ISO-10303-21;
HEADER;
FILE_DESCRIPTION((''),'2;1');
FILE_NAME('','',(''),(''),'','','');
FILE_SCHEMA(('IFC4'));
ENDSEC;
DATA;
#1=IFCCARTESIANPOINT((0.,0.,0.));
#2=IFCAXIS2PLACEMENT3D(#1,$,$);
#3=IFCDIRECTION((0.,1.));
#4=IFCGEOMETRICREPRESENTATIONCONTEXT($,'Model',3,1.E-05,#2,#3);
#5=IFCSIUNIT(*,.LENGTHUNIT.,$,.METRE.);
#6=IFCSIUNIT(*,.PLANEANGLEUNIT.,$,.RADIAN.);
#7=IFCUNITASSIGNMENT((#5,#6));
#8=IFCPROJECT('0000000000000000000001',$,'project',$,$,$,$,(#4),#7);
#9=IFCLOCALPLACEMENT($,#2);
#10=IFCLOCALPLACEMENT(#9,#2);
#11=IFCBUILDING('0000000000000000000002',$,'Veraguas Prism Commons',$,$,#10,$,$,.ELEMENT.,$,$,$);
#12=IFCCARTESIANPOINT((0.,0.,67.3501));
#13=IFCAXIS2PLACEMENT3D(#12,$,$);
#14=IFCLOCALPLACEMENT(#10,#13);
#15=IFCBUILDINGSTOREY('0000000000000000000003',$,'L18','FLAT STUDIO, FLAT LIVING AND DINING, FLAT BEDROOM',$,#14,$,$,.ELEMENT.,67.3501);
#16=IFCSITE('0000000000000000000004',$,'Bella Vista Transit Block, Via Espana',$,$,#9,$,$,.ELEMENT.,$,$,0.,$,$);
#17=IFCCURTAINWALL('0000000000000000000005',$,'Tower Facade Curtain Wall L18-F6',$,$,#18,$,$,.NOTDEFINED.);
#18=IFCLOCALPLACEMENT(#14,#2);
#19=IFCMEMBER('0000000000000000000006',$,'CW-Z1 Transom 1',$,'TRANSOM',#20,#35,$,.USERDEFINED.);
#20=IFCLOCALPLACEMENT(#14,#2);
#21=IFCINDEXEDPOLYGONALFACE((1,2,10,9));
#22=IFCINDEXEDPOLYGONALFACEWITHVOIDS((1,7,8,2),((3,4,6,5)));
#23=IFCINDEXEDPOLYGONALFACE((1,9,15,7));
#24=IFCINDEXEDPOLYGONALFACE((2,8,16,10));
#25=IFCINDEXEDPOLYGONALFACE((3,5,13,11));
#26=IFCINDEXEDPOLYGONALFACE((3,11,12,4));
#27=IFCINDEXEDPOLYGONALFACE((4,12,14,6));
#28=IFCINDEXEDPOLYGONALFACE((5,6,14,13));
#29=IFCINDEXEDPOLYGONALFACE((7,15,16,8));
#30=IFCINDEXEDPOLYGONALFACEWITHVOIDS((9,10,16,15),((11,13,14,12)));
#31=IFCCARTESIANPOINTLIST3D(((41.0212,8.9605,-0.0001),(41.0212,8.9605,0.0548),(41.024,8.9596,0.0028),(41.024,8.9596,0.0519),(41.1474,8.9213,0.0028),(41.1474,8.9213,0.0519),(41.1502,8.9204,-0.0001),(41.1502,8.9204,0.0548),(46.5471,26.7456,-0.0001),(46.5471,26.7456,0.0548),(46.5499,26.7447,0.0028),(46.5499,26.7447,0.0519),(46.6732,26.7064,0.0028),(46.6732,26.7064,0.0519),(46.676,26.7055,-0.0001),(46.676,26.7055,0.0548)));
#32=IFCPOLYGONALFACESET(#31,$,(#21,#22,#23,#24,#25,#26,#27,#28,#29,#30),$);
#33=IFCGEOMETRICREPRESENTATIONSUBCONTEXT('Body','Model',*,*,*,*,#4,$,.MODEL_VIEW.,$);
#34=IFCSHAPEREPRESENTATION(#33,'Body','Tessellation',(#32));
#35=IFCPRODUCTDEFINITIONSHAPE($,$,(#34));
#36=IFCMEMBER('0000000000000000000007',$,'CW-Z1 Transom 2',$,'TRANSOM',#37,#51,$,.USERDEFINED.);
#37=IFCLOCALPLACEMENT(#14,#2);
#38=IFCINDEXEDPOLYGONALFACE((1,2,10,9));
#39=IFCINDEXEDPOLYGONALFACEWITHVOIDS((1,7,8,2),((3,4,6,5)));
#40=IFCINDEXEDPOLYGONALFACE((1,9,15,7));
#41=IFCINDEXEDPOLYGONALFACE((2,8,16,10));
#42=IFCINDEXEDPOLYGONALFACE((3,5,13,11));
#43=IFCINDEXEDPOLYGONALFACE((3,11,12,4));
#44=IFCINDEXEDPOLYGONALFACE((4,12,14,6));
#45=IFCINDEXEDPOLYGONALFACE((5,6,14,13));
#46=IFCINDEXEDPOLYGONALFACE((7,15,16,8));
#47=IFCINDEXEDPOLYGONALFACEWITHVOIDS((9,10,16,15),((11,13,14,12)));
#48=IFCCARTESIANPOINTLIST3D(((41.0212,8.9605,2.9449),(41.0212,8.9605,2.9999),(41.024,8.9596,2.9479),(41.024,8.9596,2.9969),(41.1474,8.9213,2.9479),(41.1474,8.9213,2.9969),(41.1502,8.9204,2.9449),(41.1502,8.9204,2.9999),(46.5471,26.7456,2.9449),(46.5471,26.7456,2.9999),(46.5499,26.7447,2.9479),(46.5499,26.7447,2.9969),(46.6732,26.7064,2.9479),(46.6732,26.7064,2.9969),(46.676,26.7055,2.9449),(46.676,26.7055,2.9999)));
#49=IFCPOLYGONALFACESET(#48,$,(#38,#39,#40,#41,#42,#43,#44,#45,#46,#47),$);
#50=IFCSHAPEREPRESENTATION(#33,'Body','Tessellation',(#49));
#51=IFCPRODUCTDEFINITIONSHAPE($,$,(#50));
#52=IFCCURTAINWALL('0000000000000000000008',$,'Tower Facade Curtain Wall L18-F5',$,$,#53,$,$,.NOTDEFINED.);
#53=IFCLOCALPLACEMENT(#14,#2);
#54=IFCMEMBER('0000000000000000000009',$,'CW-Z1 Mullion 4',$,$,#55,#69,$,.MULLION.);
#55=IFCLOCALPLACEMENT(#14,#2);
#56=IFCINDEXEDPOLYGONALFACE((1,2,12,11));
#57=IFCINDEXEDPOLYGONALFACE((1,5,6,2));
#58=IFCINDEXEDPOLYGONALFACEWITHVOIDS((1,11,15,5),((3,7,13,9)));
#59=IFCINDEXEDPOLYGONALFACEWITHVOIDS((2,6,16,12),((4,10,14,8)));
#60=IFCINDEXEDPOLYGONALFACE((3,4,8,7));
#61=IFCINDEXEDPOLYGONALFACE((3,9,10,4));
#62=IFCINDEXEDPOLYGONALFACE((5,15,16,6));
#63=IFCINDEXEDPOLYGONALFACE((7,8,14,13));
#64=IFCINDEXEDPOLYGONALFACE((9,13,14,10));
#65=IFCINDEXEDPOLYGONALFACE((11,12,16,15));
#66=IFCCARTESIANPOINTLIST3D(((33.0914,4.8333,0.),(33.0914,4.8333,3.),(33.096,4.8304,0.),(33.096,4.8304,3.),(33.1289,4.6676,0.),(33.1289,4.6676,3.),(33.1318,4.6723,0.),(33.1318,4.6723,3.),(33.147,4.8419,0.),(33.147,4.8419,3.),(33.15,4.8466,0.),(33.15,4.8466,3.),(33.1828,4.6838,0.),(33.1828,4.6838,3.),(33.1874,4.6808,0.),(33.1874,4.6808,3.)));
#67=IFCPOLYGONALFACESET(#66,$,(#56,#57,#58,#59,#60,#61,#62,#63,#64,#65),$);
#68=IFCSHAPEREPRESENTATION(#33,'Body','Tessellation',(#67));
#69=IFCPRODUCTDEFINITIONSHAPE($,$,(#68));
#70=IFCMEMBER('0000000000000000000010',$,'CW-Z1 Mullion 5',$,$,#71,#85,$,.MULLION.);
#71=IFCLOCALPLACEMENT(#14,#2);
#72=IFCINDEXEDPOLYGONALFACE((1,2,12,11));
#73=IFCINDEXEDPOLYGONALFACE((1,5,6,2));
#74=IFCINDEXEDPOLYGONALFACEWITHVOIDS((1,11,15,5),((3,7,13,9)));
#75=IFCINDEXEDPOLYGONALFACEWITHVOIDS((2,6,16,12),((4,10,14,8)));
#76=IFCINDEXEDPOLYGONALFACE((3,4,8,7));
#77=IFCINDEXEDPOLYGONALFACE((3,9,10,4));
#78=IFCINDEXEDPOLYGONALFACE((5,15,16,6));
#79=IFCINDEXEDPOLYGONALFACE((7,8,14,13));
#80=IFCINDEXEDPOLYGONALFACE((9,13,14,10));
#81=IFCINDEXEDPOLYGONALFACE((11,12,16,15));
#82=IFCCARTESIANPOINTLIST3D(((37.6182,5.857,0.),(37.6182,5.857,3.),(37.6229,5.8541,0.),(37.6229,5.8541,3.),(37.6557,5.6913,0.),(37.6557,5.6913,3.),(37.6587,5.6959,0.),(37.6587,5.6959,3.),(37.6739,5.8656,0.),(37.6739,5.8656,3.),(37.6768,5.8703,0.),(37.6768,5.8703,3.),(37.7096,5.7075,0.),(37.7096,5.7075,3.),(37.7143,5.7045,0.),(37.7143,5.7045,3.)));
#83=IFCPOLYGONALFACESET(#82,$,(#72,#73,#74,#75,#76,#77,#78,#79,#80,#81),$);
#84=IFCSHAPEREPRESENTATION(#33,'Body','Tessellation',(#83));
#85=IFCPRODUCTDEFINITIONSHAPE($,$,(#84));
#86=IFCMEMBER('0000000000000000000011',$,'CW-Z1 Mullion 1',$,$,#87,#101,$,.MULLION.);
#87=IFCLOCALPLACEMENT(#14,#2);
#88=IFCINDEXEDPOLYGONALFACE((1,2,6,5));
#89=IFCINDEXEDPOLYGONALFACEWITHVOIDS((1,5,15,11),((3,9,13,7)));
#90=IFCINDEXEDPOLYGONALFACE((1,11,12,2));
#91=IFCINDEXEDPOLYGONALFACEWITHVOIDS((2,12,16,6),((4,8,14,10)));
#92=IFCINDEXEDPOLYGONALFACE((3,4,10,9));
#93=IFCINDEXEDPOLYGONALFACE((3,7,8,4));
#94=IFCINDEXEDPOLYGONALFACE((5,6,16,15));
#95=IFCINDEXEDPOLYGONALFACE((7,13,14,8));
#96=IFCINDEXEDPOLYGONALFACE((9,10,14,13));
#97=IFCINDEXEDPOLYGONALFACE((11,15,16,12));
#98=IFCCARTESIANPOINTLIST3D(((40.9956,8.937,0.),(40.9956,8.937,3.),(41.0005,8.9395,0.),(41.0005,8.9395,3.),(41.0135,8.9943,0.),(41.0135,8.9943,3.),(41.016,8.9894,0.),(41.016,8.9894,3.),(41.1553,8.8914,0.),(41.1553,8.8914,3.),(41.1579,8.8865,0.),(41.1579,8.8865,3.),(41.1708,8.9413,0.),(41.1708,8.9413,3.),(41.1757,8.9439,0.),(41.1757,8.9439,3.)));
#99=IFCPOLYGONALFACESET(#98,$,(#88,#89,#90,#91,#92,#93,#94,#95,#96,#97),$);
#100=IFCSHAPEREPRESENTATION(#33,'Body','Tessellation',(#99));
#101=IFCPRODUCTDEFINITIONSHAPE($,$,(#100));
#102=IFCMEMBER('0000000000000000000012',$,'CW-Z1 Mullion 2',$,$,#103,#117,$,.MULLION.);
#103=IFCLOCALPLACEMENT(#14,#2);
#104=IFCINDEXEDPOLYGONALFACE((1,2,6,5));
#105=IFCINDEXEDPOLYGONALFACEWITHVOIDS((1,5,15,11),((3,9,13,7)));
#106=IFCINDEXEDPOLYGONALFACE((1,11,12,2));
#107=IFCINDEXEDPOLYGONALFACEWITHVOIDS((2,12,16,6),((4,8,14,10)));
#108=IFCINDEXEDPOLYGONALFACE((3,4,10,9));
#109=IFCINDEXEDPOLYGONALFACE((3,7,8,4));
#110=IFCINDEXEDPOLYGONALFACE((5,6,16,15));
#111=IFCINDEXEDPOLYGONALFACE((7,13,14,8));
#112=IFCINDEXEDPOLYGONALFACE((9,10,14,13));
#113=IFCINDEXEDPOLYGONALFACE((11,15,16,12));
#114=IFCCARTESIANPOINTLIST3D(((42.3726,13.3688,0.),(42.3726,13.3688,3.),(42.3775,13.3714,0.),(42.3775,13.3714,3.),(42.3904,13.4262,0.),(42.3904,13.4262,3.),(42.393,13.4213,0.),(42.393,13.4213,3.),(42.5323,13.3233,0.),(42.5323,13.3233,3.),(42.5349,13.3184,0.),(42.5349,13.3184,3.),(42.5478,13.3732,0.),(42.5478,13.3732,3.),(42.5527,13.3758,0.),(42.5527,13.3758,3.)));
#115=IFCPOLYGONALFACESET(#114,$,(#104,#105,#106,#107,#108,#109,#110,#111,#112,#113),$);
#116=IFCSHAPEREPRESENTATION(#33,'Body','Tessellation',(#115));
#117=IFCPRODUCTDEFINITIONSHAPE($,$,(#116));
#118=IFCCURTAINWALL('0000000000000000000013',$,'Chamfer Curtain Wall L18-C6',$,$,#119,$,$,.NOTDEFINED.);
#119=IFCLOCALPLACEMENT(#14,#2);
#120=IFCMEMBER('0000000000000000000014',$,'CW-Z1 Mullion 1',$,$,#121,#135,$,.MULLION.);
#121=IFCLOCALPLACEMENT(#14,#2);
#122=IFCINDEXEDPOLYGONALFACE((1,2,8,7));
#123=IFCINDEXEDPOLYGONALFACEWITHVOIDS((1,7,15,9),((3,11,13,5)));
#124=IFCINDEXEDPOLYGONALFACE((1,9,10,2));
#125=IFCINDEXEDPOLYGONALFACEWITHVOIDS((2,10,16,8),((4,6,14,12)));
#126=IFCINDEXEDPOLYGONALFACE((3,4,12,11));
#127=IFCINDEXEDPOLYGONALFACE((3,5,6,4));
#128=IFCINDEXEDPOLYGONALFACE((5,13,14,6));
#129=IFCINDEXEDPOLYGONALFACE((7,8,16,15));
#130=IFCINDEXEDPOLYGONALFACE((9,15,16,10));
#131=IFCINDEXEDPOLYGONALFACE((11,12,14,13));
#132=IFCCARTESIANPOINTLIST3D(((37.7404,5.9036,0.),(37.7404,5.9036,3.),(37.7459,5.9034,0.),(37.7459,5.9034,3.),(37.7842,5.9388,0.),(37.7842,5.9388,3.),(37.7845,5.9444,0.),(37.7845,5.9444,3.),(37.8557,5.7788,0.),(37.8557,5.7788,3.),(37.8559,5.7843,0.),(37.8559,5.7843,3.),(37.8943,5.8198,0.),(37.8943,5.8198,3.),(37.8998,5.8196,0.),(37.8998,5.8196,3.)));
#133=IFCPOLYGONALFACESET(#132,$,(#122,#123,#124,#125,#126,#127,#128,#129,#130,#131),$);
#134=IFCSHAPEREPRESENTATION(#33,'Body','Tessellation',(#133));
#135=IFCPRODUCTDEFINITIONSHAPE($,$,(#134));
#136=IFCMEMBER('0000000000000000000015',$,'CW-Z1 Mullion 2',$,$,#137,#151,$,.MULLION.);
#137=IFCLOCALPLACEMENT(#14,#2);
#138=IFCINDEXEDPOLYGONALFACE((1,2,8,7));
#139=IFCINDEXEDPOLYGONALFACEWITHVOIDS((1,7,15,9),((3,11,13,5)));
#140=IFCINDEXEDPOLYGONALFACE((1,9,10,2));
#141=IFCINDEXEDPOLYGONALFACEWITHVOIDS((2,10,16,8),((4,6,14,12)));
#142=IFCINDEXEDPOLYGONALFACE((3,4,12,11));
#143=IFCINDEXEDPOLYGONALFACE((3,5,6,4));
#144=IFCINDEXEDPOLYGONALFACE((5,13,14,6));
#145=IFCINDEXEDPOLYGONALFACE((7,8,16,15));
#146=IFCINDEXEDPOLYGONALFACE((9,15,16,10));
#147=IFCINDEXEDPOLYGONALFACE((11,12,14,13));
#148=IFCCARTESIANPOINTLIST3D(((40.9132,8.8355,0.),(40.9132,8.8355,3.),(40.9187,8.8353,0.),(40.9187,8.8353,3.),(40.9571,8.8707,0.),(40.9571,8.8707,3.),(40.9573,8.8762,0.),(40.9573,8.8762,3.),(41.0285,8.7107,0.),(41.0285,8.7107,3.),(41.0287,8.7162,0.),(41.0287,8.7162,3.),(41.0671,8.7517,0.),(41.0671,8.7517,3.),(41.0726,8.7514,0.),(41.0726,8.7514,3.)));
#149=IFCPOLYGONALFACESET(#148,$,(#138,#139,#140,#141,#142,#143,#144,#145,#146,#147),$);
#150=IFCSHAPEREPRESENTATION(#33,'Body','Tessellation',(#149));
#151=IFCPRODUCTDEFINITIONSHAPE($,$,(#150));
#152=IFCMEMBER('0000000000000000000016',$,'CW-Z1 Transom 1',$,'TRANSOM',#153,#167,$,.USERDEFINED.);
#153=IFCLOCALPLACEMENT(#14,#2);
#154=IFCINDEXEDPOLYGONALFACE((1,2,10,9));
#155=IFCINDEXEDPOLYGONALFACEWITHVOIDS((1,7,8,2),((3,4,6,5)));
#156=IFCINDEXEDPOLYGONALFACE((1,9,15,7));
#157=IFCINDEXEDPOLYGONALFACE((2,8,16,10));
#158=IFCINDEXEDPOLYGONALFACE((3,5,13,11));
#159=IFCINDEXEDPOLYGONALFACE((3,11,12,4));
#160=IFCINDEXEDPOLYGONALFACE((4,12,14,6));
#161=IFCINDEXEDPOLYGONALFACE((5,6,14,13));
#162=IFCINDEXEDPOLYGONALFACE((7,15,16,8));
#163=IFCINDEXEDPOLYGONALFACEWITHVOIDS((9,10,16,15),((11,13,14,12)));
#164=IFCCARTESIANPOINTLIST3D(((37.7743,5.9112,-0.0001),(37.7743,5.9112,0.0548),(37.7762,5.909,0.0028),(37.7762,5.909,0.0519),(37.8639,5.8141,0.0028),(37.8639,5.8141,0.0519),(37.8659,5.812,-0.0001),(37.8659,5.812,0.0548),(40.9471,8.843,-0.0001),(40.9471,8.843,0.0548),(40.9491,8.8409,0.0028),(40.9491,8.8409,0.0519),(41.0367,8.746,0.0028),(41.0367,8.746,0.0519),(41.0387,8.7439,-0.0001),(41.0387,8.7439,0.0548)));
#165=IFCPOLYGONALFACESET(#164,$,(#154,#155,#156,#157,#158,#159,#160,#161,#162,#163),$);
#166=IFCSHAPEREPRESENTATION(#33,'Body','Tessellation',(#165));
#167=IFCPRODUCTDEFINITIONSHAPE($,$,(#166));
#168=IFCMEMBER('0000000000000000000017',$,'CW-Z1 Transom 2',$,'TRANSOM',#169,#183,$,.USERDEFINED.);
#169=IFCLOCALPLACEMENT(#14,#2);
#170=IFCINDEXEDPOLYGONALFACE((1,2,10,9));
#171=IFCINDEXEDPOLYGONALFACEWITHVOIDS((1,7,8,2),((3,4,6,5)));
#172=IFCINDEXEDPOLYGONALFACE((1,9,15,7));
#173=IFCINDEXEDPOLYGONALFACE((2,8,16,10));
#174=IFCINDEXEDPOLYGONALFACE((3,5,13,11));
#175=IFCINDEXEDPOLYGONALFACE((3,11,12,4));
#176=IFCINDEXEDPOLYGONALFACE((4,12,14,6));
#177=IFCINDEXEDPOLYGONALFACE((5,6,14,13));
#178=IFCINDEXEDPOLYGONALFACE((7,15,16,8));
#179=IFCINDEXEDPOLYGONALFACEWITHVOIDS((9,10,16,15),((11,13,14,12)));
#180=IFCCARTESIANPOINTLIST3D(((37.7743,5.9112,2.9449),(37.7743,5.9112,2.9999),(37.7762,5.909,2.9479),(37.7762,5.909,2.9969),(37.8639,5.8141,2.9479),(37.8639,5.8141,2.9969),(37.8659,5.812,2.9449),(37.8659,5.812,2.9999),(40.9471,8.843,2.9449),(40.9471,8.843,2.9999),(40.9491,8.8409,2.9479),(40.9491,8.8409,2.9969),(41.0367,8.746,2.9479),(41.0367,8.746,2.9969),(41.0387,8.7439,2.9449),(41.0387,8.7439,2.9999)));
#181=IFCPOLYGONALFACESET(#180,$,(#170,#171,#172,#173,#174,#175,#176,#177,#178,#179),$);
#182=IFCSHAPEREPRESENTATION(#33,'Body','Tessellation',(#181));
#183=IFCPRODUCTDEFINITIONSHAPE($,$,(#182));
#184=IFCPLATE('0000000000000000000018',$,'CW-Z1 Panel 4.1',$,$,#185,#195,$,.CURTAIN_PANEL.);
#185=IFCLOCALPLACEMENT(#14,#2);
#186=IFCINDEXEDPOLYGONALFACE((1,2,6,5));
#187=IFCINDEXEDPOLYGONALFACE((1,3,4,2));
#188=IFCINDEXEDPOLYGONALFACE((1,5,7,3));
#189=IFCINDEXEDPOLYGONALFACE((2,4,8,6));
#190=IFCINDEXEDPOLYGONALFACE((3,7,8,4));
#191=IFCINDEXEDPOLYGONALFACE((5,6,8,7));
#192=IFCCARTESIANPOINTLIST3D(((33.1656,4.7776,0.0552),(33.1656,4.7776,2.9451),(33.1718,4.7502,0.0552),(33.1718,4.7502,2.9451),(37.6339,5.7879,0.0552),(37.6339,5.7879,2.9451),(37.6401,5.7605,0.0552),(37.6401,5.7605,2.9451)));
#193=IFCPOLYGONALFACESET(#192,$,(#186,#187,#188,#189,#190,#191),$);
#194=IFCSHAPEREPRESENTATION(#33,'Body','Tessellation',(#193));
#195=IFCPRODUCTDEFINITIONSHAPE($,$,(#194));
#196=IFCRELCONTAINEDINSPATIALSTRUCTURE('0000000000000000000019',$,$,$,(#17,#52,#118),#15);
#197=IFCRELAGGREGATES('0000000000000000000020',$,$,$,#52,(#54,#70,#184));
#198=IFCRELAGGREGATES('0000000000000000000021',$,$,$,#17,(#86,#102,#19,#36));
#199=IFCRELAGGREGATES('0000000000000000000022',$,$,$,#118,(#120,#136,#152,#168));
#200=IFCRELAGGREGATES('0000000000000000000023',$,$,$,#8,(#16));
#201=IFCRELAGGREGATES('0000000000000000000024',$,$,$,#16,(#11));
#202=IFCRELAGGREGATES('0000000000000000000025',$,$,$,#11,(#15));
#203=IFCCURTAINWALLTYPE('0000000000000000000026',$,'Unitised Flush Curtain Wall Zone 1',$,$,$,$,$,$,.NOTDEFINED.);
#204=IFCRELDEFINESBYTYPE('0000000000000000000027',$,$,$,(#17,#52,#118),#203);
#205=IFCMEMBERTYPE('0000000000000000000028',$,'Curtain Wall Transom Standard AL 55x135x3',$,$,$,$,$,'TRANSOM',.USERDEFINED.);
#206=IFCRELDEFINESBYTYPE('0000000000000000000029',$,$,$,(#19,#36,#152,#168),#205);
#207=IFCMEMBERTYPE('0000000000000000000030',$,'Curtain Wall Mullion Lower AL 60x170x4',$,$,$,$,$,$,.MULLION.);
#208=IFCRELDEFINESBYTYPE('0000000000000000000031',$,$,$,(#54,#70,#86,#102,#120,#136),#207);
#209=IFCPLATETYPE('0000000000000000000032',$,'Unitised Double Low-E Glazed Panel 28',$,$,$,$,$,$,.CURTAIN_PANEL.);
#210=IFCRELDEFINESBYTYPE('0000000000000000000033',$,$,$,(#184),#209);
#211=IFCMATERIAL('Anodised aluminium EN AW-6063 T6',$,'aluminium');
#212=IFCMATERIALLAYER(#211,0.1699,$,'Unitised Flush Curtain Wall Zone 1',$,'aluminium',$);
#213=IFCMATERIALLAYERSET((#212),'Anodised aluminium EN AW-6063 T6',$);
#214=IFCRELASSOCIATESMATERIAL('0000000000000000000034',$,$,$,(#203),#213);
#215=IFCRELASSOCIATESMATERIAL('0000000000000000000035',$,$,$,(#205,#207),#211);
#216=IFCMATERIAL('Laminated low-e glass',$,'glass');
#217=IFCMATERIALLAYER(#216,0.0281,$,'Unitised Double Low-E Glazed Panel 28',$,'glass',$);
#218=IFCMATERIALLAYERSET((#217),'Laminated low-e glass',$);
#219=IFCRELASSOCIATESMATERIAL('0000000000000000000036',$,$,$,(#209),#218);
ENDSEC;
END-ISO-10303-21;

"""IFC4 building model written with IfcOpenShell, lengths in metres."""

from ifc_helpers import new_model, si_unit, direction, frame, origin, origin_2d, place, context, subcontext, project, spatial, rectangle, hollow_rectangle, extrude, source, transform, mapped, material, layer, layer_set, material_profile, profile_set, type_object, element, aggregate, save


model = new_model("IFC4")

# Units and contexts
model_context = context("Model", 3, precision=1e-05, world=origin(), true_north=direction((0.0, 1.0)))
body_context = subcontext(model_context, "Body", "Model", "MODEL_VIEW")
ifc_project = project(units=[si_unit("LENGTHUNIT", "METRE"), si_unit("PLANEANGLEUNIT", "RADIAN")], contexts=[model_context])

# Site, building, storey
site_placement = place(None, origin())
site = spatial("IfcSite", under=ifc_project, at=site_placement, Name="Bella Vista Transit Block, Via Espana", CompositionType="ELEMENT", RefElevation=0.0)
building_placement = place(site_placement, origin())
building = spatial("IfcBuilding", under=site, at=building_placement, Name="Veraguas Prism Commons", CompositionType="ELEMENT")
storey_placement = place(building_placement, frame((0.0, 0.0, 67.3501)))
storey = spatial("IfcBuildingStorey", under=building, at=storey_placement, Name="L18", Description="FLAT STUDIO, FLAT LIVING AND DINING, FLAT BEDROOM", CompositionType="ELEMENT", Elevation=67.3501)

# Curtain walls, members
ifc_material_1 = material(Name="Anodised aluminium EN AW-6063 T6", Category="aluminium")
ifc_layer_1 = layer(ifc_material_1, 0.1699, Name="Unitised Flush Curtain Wall Zone 1", Category="aluminium")
ifc_layer_set_1 = layer_set([ifc_layer_1], Name="Anodised aluminium EN AW-6063 T6")
curtain_wall_type = type_object("IfcCurtainWallType", Name="Unitised Flush Curtain Wall Zone 1", PredefinedType="NOTDEFINED", material=ifc_layer_set_1)
curtain_wall_1_placement = place(storey_placement, origin())
curtain_wall_1 = element("IfcCurtainWall", 1, at=curtain_wall_1_placement, inside=storey, type_object=curtain_wall_type, Name="Tower Facade Curtain Wall L18-F6", PredefinedType="NOTDEFINED")
ifc_material_profile_1 = material_profile(ifc_material_1, hollow_rectangle(XDim=0.0549, YDim=0.135, WallThickness=0.0029, at=origin_2d()), Name="AL55X135X3")
ifc_profile_set_1 = profile_set([ifc_material_profile_1], Name="Anodised aluminium EN AW-6063 T6")
member_type_1 = type_object("IfcMemberType", Name="Curtain Wall Transom Standard AL 55x135x3", ElementType="TRANSOM", PredefinedType="USERDEFINED", material=ifc_profile_set_1)
shared_shape_1 = source(origin(), body_context, "Body", "SweptSolid", [
    extrude(hollow_rectangle(XDim=0.0549, YDim=0.135, WallThickness=0.0029, at=origin_2d()), origin(), (0.0, 0.0, 1.0), 18.6238),
])
member_1_placement = place(storey_placement, frame((41.0857, 8.9404, 0.0273), z_axis=(0.29671, 0.954968, 0.0), x_axis=(0.0, 0.0, 1.0)))
member_1 = element("IfcMember", 2, at=member_1_placement, type_object=member_type_1, Name="CW-Z1 Transom 1", ObjectType="TRANSOM", PredefinedType="USERDEFINED", context=body_context, shape_type="MappedRepresentation", body=[
    mapped(shared_shape_1, transform((0.0, 0.0, 0.0), scale=1.0)),
])
member_2_placement = place(storey_placement, frame((41.0857, 8.9404, 2.9724), z_axis=(0.29671, 0.954968, 0.0), x_axis=(0.0, 0.0, 1.0)))
member_2 = element("IfcMember", 3, at=member_2_placement, type_object=member_type_1, Name="CW-Z1 Transom 2", ObjectType="TRANSOM", PredefinedType="USERDEFINED", context=body_context, shape_type="MappedRepresentation", body=[
    mapped(shared_shape_1, transform((0.0, 0.0, 0.0), scale=1.0)),
])
curtain_wall_2_placement = place(storey_placement, origin())
curtain_wall_2 = element("IfcCurtainWall", 4, at=curtain_wall_2_placement, inside=storey, type_object=curtain_wall_type, Name="Tower Facade Curtain Wall L18-F5", PredefinedType="NOTDEFINED")
ifc_material_profile_2 = material_profile(ifc_material_1, hollow_rectangle(XDim=0.0601, YDim=0.1699, WallThickness=0.0039, at=origin_2d()), Name="AL60X170X4")
ifc_profile_set_2 = profile_set([ifc_material_profile_2], Name="Anodised aluminium EN AW-6063 T6")
member_type_2 = type_object("IfcMemberType", Name="Curtain Wall Mullion Lower AL 60x170x4", PredefinedType="MULLION", material=ifc_profile_set_2)
shared_shape_2 = source(origin(), body_context, "Body", "SweptSolid", [
    extrude(hollow_rectangle(XDim=0.0601, YDim=0.1699, WallThickness=0.0039, at=origin_2d()), origin(), (0.0, 0.0, 1.0), 3.0),
])
member_3_placement = place(storey_placement, frame((33.1394, 4.7571, 0.0), z_axis=(0.0, 0.0, 1.0), x_axis=(0.97538, 0.220532, 0.0)))
member_3 = element("IfcMember", 5, at=member_3_placement, type_object=member_type_2, Name="CW-Z1 Mullion 4", PredefinedType="MULLION", context=body_context, shape_type="MappedRepresentation", body=[
    mapped(shared_shape_2, transform((0.0, 0.0, 0.0), scale=1.0)),
])
member_4_placement = place(storey_placement, frame((37.6663, 5.7808, 0.0), z_axis=(0.0, 0.0, 1.0), x_axis=(0.97538, 0.220532, 0.0)))
member_4 = element("IfcMember", 6, at=member_4_placement, type_object=member_type_2, Name="CW-Z1 Mullion 5", PredefinedType="MULLION", context=body_context, shape_type="MappedRepresentation", body=[
    mapped(shared_shape_2, transform((0.0, 0.0, 0.0), scale=1.0)),
])

# Members
member_5_placement = place(storey_placement, frame((41.0857, 8.9404, 0.0), z_axis=(0.0, 0.0, 1.0), x_axis=(0.29671, 0.954968, 0.0)))
member_5 = element("IfcMember", 7, at=member_5_placement, type_object=member_type_2, Name="CW-Z1 Mullion 1", PredefinedType="MULLION", context=body_context, shape_type="MappedRepresentation", body=[
    mapped(shared_shape_2, transform((0.0, 0.0, 0.0), scale=1.0)),
])
member_6_placement = place(storey_placement, frame((42.4626, 13.3723, 0.0), z_axis=(0.0, 0.0, 1.0), x_axis=(0.29671, 0.954968, 0.0)))
member_6 = element("IfcMember", 8, at=member_6_placement, type_object=member_type_2, Name="CW-Z1 Mullion 2", PredefinedType="MULLION", context=body_context, shape_type="MappedRepresentation", body=[
    mapped(shared_shape_2, transform((0.0, 0.0, 0.0), scale=1.0)),
])

# Curtain wall, members
curtain_wall_3_placement = place(storey_placement, origin())
curtain_wall_3 = element("IfcCurtainWall", 9, at=curtain_wall_3_placement, inside=storey, type_object=curtain_wall_type, Name="Chamfer Curtain Wall L18-C6", PredefinedType="NOTDEFINED")
member_7_placement = place(storey_placement, frame((37.8201, 5.8616, 0.0), z_axis=(0.0, 0.0, 1.0), x_axis=(0.734434, 0.67868, 0.0)))
member_7 = element("IfcMember", 10, at=member_7_placement, type_object=member_type_2, Name="CW-Z1 Mullion 1", PredefinedType="MULLION", context=body_context, shape_type="MappedRepresentation", body=[
    mapped(shared_shape_2, transform((0.0, 0.0, 0.0), scale=1.0)),
])
member_8_placement = place(storey_placement, frame((40.9929, 8.7935, 0.0), z_axis=(0.0, 0.0, 1.0), x_axis=(0.734434, 0.67868, 0.0)))
member_8 = element("IfcMember", 11, at=member_8_placement, type_object=member_type_2, Name="CW-Z1 Mullion 2", PredefinedType="MULLION", context=body_context, shape_type="MappedRepresentation", body=[
    mapped(shared_shape_2, transform((0.0, 0.0, 0.0), scale=1.0)),
])
shared_shape_3 = source(origin(), body_context, "Body", "SweptSolid", [
    extrude(hollow_rectangle(XDim=0.0549, YDim=0.135, WallThickness=0.0029, at=origin_2d()), origin(), (0.0, 0.0, 1.0), 4.3201),
])
member_9_placement = place(storey_placement, frame((37.8201, 5.8616, 0.0273), z_axis=(0.734446, 0.678667, 0.0), x_axis=(0.0, 0.0, 1.0)))
member_9 = element("IfcMember", 12, at=member_9_placement, type_object=member_type_1, Name="CW-Z1 Transom 1", ObjectType="TRANSOM", PredefinedType="USERDEFINED", context=body_context, shape_type="MappedRepresentation", body=[
    mapped(shared_shape_3, transform((0.0, 0.0, 0.0), scale=1.0)),
])
member_10_placement = place(storey_placement, frame((37.8201, 5.8616, 2.9724), z_axis=(0.734446, 0.678667, 0.0), x_axis=(0.0, 0.0, 1.0)))
member_10 = element("IfcMember", 13, at=member_10_placement, type_object=member_type_1, Name="CW-Z1 Transom 2", ObjectType="TRANSOM", PredefinedType="USERDEFINED", context=body_context, shape_type="MappedRepresentation", body=[
    mapped(shared_shape_3, transform((0.0, 0.0, 0.0), scale=1.0)),
])

# Plate
ifc_material_2 = material(Name="Laminated low-e glass", Category="glass")
ifc_layer_2 = layer(ifc_material_2, 0.0281, Name="Unitised Double Low-E Glazed Panel 28", Category="glass")
ifc_layer_set_2 = layer_set([ifc_layer_2], Name="Laminated low-e glass")
plate_type = type_object("IfcPlateType", Name="Unitised Double Low-E Glazed Panel 28", PredefinedType="CURTAIN_PANEL", material=ifc_layer_set_2)
shared_shape_4 = source(origin(), body_context, "Body", "SweptSolid", [
    extrude(rectangle(XDim=4.5811, YDim=0.0281, at=origin_2d()), origin(), (0.0, 0.0, 1.0), 2.8899),
])
plate_1_placement = place(storey_placement, frame((35.4028, 5.269, 0.0552), z_axis=(0.0, 0.0, 1.0), x_axis=(0.97538, 0.220532, 0.0)))
plate_1 = element("IfcPlate", 14, at=plate_1_placement, type_object=plate_type, Name="CW-Z1 Panel 4.1", PredefinedType="CURTAIN_PANEL", context=body_context, shape_type="MappedRepresentation", body=[
    mapped(shared_shape_4, transform((0.0, 0.0, 0.0), scale=1.0)),
])
aggregate(curtain_wall_2, [member_3, member_4, plate_1])
aggregate(curtain_wall_1, [member_5, member_6, member_1, member_2])
aggregate(curtain_wall_3, [member_7, member_8, member_9, member_10])

save(model, "model.ifc")
